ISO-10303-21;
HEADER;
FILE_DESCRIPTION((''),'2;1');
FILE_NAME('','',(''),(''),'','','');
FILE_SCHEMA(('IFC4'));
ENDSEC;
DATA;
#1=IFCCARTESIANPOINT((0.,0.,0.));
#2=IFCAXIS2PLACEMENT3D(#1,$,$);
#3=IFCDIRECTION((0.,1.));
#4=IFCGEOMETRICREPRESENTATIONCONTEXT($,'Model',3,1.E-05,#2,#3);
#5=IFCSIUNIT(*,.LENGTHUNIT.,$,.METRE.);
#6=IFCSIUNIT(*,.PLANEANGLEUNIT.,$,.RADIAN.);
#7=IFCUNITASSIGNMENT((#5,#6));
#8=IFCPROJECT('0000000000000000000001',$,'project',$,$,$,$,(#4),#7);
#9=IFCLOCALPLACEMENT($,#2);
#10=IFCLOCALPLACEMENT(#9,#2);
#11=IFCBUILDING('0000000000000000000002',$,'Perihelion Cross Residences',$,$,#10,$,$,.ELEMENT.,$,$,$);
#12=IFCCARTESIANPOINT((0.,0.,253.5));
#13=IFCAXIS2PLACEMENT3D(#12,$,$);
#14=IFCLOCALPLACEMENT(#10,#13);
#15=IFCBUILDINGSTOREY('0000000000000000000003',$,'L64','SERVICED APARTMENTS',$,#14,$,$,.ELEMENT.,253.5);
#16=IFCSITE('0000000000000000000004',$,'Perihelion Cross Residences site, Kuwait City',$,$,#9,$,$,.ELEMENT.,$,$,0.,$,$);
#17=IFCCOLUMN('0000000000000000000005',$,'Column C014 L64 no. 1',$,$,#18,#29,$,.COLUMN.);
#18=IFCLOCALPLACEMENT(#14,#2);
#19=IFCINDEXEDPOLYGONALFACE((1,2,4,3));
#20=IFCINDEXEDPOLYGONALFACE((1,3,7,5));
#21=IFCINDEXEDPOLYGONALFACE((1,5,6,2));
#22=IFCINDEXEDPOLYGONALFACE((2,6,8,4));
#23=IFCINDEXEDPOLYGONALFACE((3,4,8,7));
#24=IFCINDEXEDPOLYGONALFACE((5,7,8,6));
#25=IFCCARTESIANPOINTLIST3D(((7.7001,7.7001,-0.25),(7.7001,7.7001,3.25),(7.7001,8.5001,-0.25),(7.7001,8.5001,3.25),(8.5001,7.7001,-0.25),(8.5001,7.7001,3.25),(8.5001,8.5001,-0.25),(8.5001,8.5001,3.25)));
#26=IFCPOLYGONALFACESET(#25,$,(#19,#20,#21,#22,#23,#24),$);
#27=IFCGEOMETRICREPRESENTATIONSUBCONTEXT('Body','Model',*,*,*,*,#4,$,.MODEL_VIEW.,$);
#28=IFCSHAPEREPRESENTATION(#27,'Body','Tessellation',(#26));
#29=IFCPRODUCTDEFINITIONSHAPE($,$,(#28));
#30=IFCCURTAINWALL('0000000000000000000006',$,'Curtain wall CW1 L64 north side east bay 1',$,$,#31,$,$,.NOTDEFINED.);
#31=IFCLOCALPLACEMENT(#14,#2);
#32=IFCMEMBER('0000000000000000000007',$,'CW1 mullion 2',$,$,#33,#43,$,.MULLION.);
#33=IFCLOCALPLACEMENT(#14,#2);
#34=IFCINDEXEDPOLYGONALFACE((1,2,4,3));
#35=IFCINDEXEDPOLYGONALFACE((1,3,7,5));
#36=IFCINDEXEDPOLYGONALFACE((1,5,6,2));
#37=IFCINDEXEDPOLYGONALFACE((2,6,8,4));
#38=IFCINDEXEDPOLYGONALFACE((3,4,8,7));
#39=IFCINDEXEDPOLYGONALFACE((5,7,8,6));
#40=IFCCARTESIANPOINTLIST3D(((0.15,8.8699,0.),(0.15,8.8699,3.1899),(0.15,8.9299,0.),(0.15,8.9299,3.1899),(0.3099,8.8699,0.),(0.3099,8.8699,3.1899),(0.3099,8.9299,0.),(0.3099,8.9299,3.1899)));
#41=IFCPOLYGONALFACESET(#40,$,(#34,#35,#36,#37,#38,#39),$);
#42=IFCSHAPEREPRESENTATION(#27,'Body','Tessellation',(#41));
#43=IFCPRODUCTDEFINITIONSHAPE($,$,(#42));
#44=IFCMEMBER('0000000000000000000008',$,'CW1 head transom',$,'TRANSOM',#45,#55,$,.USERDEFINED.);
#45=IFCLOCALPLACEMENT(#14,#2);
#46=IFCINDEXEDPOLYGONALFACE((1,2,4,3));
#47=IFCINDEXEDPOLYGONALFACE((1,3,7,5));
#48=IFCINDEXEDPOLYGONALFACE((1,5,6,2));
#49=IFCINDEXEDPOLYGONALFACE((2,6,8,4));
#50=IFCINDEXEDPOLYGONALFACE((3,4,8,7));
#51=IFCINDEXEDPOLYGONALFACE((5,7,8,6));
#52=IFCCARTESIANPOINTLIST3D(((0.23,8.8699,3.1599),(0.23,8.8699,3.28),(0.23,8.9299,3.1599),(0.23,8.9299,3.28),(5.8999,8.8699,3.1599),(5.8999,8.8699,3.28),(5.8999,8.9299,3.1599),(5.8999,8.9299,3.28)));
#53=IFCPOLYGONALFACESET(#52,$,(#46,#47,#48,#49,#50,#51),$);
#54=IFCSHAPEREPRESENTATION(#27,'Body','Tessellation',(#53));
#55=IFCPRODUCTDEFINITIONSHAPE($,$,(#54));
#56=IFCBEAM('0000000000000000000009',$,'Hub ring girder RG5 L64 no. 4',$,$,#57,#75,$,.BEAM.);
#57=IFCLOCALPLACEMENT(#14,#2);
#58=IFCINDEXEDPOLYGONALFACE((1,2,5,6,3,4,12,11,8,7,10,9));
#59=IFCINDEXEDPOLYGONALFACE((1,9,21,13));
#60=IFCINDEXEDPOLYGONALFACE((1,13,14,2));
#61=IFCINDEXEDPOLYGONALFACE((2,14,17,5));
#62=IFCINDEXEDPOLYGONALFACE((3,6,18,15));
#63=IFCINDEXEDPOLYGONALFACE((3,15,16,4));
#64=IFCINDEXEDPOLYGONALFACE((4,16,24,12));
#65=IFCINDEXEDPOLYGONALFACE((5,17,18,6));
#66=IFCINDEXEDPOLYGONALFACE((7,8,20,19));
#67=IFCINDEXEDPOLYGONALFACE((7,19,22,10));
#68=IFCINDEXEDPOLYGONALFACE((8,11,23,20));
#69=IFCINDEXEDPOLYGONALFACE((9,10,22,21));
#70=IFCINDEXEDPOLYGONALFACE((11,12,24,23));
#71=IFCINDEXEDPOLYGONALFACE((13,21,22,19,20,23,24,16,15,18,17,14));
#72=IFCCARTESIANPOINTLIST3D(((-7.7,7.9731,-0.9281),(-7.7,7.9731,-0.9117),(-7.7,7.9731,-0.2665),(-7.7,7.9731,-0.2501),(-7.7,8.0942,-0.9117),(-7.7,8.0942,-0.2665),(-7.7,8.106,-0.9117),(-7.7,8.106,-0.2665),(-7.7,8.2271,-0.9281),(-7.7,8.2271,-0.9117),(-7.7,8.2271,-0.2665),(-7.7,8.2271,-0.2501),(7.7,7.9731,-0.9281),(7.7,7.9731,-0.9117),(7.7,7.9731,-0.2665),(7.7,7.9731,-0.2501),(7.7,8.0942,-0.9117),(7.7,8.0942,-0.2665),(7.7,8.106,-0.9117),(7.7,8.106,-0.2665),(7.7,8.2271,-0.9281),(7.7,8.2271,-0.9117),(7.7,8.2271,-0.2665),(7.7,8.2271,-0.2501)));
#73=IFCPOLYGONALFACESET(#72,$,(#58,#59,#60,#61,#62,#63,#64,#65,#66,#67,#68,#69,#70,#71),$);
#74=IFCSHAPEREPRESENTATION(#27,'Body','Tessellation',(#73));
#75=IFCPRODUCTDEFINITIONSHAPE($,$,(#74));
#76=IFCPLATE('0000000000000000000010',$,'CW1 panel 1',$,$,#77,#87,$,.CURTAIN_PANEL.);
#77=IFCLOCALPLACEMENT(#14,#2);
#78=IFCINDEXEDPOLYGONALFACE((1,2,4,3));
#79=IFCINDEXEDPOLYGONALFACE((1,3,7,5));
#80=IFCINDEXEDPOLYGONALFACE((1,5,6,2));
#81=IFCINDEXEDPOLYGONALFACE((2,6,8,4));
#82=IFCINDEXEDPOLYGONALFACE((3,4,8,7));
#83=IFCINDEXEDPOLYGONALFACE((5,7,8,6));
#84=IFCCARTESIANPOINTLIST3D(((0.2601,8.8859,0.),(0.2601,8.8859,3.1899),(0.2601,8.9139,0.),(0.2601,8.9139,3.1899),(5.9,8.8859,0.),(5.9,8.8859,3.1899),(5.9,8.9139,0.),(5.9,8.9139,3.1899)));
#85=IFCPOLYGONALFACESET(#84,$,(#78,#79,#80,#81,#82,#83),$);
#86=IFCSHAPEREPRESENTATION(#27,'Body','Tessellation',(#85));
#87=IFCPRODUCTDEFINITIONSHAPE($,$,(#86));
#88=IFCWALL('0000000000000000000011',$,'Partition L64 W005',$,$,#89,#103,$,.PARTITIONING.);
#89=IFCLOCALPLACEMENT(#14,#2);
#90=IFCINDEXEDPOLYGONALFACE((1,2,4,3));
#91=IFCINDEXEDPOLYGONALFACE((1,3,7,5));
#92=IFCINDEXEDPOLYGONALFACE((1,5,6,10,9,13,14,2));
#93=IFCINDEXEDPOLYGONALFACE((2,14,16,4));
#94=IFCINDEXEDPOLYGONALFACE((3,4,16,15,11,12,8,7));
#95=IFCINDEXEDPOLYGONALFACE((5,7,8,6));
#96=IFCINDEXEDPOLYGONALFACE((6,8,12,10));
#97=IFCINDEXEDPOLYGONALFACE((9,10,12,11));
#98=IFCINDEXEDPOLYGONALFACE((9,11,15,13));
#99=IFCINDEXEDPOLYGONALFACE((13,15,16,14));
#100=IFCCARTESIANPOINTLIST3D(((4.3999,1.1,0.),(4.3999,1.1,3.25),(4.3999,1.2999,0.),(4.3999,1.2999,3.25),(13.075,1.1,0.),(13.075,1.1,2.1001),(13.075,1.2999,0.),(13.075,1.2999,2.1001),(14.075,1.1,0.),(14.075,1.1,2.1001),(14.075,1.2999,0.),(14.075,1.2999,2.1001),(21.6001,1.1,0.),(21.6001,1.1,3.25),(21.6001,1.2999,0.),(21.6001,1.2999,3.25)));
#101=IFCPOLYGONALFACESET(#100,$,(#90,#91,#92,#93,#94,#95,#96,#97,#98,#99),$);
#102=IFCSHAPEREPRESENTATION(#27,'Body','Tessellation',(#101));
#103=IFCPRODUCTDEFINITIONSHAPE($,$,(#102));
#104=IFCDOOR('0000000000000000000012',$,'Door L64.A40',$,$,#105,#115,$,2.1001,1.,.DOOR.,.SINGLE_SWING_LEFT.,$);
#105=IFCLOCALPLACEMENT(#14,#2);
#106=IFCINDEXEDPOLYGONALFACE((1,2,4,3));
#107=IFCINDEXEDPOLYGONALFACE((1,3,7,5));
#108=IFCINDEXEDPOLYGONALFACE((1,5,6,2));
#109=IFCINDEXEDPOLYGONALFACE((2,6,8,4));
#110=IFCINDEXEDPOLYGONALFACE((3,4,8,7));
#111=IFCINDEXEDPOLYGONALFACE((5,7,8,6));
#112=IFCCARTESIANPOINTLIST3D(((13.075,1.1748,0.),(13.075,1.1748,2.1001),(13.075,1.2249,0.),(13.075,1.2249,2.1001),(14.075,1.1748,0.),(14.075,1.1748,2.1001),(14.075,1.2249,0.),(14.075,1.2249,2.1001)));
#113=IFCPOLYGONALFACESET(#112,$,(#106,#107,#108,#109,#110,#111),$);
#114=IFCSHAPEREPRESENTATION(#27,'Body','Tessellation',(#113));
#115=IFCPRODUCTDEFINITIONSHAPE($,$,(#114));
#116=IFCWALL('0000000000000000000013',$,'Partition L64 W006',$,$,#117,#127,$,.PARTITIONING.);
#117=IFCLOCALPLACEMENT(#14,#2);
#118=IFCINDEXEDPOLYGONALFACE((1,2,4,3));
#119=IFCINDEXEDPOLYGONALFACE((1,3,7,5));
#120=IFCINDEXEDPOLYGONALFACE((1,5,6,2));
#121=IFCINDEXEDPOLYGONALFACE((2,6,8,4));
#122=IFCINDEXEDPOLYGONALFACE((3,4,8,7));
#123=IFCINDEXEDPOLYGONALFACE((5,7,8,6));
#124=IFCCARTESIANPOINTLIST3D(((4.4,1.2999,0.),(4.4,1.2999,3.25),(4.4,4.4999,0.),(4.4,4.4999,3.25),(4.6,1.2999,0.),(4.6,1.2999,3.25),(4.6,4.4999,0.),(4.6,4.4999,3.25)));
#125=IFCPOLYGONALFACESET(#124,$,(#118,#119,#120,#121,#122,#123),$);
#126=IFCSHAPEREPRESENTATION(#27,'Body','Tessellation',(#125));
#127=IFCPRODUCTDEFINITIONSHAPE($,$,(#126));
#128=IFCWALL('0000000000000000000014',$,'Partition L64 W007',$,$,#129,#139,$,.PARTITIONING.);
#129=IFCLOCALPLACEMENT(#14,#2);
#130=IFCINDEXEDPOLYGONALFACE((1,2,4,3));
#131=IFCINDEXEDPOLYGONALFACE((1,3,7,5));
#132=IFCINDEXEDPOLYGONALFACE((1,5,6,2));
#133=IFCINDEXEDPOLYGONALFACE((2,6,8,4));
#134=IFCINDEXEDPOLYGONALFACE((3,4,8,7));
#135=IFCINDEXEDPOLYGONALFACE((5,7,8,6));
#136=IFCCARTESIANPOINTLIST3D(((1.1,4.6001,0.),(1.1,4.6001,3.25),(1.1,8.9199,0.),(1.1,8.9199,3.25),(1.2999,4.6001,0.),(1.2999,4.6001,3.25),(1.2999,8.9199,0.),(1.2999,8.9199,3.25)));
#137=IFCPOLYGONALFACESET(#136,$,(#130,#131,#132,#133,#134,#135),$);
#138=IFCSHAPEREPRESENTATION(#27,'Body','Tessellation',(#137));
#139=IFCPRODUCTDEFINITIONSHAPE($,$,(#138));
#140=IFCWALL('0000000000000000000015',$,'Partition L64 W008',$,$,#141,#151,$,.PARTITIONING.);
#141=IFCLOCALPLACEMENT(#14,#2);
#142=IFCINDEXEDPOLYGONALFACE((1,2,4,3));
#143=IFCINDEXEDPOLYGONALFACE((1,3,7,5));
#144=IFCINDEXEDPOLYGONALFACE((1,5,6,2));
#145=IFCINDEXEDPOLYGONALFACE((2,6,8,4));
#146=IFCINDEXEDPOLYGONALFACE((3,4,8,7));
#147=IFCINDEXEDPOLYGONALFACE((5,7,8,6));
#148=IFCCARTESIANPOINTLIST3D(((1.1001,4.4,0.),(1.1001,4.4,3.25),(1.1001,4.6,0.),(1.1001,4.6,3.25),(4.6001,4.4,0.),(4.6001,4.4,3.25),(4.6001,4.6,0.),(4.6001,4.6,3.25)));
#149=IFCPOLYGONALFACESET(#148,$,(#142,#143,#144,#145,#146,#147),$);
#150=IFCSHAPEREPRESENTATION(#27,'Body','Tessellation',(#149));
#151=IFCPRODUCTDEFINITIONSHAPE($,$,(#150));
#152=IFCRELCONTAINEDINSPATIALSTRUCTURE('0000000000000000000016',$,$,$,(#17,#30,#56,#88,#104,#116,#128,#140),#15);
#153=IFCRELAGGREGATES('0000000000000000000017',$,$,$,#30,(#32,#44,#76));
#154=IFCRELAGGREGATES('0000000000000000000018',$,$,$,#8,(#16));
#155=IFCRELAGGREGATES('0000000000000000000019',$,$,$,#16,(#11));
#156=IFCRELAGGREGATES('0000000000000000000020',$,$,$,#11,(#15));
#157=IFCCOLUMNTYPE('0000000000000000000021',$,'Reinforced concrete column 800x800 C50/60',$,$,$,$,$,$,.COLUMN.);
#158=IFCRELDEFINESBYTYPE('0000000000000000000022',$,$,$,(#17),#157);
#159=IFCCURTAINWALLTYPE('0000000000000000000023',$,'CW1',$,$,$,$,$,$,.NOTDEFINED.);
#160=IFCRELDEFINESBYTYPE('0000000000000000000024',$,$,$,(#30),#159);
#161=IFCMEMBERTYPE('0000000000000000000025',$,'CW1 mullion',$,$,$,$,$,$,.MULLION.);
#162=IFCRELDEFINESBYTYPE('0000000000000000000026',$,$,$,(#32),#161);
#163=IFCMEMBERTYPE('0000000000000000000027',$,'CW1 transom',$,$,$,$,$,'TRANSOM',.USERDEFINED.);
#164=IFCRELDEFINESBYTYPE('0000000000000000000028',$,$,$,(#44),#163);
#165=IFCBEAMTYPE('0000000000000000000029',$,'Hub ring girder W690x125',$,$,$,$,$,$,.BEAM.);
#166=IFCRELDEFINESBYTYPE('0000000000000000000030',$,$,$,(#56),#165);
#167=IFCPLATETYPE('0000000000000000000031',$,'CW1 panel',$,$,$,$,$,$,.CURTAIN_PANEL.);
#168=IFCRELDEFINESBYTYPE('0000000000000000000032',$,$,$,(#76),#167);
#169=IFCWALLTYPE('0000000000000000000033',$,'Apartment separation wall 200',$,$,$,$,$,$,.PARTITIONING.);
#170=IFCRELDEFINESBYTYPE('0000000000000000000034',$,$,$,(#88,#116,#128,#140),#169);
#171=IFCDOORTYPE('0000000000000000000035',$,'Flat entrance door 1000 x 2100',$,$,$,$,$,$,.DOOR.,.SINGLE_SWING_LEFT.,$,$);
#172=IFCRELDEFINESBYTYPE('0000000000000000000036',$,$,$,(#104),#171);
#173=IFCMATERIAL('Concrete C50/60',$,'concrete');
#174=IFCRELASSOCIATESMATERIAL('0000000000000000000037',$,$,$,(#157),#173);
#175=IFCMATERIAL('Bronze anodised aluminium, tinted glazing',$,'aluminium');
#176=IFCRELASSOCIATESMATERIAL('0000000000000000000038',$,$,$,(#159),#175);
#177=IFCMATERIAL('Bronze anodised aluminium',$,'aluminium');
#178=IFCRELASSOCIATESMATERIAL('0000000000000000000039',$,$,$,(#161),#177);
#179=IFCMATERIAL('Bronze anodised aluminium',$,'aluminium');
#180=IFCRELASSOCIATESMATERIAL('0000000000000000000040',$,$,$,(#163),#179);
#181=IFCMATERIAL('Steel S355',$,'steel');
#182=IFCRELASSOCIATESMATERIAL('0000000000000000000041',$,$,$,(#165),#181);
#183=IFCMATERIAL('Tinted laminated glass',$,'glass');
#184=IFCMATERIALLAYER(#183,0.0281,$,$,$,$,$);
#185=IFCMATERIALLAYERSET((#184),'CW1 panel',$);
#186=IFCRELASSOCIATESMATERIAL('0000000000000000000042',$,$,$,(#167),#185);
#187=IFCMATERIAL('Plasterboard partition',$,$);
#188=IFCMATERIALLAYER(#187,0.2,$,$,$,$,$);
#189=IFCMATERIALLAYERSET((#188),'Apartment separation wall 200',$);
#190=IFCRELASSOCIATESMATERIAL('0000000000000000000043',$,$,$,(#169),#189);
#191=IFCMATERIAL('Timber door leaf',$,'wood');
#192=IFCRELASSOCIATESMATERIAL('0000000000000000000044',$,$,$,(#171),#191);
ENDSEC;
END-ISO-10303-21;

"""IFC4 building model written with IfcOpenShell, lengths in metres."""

from ifc_helpers import new_model, si_unit, direction, frame, frame_2d, origin, origin_2d, place, context, subcontext, project, spatial, rectangle, i_section, extrude, material, layer, layer_set, material_profile, profile_set, type_object, element, fill, aggregate, save


model = new_model("IFC4")

# Units and contexts
model_context = context("Model", 3, precision=1e-05, world=origin(), true_north=direction((0.0, 1.0)))
body_context = subcontext(model_context, "Body", "Model", "MODEL_VIEW")
ifc_project = project(units=[si_unit("LENGTHUNIT", "METRE"), si_unit("PLANEANGLEUNIT", "RADIAN")], contexts=[model_context])

# Site, building, storey
site_placement = place(None, origin())
site = spatial("IfcSite", under=ifc_project, at=site_placement, Name="Perihelion Cross Residences site, Kuwait City", CompositionType="ELEMENT", RefElevation=0.0)
building_placement = place(site_placement, origin())
building = spatial("IfcBuilding", under=site, at=building_placement, Name="Perihelion Cross Residences", CompositionType="ELEMENT")
storey_placement = place(building_placement, frame((0.0, 0.0, 253.5)))
storey = spatial("IfcBuildingStorey", under=building, at=storey_placement, Name="L64", Description="SERVICED APARTMENTS", CompositionType="ELEMENT", Elevation=253.5)

# Column
ifc_material_1 = material(Name="Concrete C50/60", Category="concrete")
ifc_material_profile_1 = material_profile(ifc_material_1, rectangle(XDim=0.8, YDim=0.8, at=origin_2d()), Name="RC 800x800")
ifc_profile_set_1 = profile_set([ifc_material_profile_1], Name="Concrete C50/60")
column_type = type_object("IfcColumnType", Name="Reinforced concrete column 800x800 C50/60", PredefinedType="COLUMN", material=ifc_profile_set_1)
column_placement = place(storey_placement, frame((8.1001, 8.1001, -0.25), z_axis=(0.0, 0.0, 1.0), x_axis=(1.0, 0.0, 0.0)))
element("IfcColumn", 1, at=column_placement, inside=storey, type_object=column_type, Name="Column C014 L64 no. 1", PredefinedType="COLUMN", context=body_context, shape_type="SweptSolid", body=[
    extrude(rectangle(XDim=0.8, YDim=0.8, at=origin_2d()), origin(), (0.0, 0.0, 1.0), 3.5),
])

# Curtain wall, members
ifc_material_2 = material(Name="Bronze anodised aluminium, tinted glazing", Category="aluminium")
curtain_wall_type = type_object("IfcCurtainWallType", Name="CW1", PredefinedType="NOTDEFINED", material=ifc_material_2)
curtain_wall_placement = place(storey_placement, origin())
curtain_wall = element("IfcCurtainWall", 2, at=curtain_wall_placement, inside=storey, type_object=curtain_wall_type, Name="Curtain wall CW1 L64 north side east bay 1", PredefinedType="NOTDEFINED")
ifc_material_3 = material(Name="Bronze anodised aluminium", Category="aluminium")
ifc_material_profile_2 = material_profile(ifc_material_3, rectangle(XDim=0.0601, YDim=0.1599, at=origin_2d()), Name="CW1 mullion")
ifc_profile_set_2 = profile_set([ifc_material_profile_2], Name="Bronze anodised aluminium")
member_type_1 = type_object("IfcMemberType", Name="CW1 mullion", PredefinedType="MULLION", material=ifc_profile_set_2)
member_1_placement = place(storey_placement, frame((0.23, 8.8999, 0.0), z_axis=(0.0, 0.0, 1.0), x_axis=(0.0, -1.0, 0.0)))
member_1 = element("IfcMember", 3, at=member_1_placement, type_object=member_type_1, Name="CW1 mullion 2", PredefinedType="MULLION", context=body_context, shape_type="SweptSolid", body=[
    extrude(rectangle(XDim=0.0601, YDim=0.1599, at=origin_2d()), origin(), (0.0, 0.0, 1.0), 3.1899),
])
ifc_material_4 = material(Name="Bronze anodised aluminium", Category="aluminium")
ifc_material_profile_3 = material_profile(ifc_material_4, rectangle(XDim=0.0601, YDim=0.1201, at=origin_2d()), Name="CW1 transom")
ifc_profile_set_3 = profile_set([ifc_material_profile_3], Name="Bronze anodised aluminium")
member_type_2 = type_object("IfcMemberType", Name="CW1 transom", ElementType="TRANSOM", PredefinedType="USERDEFINED", material=ifc_profile_set_3)
member_2_placement = place(storey_placement, frame((5.8999, 8.8999, 3.22), z_axis=(-1.0, 0.0, 0.0), x_axis=(0.0, -1.0, 0.0)))
member_2 = element("IfcMember", 4, at=member_2_placement, type_object=member_type_2, Name="CW1 head transom", ObjectType="TRANSOM", PredefinedType="USERDEFINED", context=body_context, shape_type="SweptSolid", body=[
    extrude(rectangle(XDim=0.0601, YDim=0.1201, at=origin_2d()), origin(), (0.0, 0.0, 1.0), 5.6699),
])

# Beam
ifc_material_5 = material(Name="Steel S355", Category="steel")
ifc_material_profile_4 = material_profile(ifc_material_5, i_section(OverallWidth=0.2539, OverallDepth=0.678, WebThickness=0.0117, FlangeThickness=0.0164, at=origin_2d()), Name="W690x125")
ifc_profile_set_4 = profile_set([ifc_material_profile_4], Name="Steel S355")
beam_type = type_object("IfcBeamType", Name="Hub ring girder W690x125", PredefinedType="BEAM", material=ifc_profile_set_4)
beam_placement = place(storey_placement, frame((7.7, 8.1001, -0.5891), z_axis=(-1.0, 0.0, 0.0), x_axis=(0.0, -1.0, 0.0)))
element("IfcBeam", 5, at=beam_placement, inside=storey, type_object=beam_type, Name="Hub ring girder RG5 L64 no. 4", PredefinedType="BEAM", context=body_context, shape_type="SweptSolid", body=[
    extrude(i_section(OverallWidth=0.2539, OverallDepth=0.678, WebThickness=0.0117, FlangeThickness=0.0164, at=origin_2d()), origin(), (0.0, 0.0, 1.0), 15.3999),
])

# Plate
ifc_material_6 = material(Name="Tinted laminated glass", Category="glass")
ifc_layer_1 = layer(ifc_material_6, 0.0281)
ifc_layer_set_1 = layer_set([ifc_layer_1], Name="CW1 panel")
plate_type = type_object("IfcPlateType", Name="CW1 panel", PredefinedType="CURTAIN_PANEL", material=ifc_layer_set_1)
plate_placement = place(storey_placement, frame((3.0801, 8.8999, 0.0), z_axis=(0.0, 0.0, 1.0), x_axis=(-1.0, 0.0, 0.0)))
plate = element("IfcPlate", 6, at=plate_placement, type_object=plate_type, Name="CW1 panel 1", PredefinedType="CURTAIN_PANEL", context=body_context, shape_type="SweptSolid", body=[
    extrude(rectangle(XDim=5.6399, YDim=0.0281, at=origin_2d()), origin(), (0.0, 0.0, 1.0), 3.1899),
])
aggregate(curtain_wall, [member_1, member_2, plate])

# Wall, opening, door
ifc_material_7 = material(Name="Plasterboard partition")
ifc_layer_2 = layer(ifc_material_7, 0.2)
ifc_layer_set_2 = layer_set([ifc_layer_2], Name="Apartment separation wall 200")
wall_type_1 = type_object("IfcWallType", Name="Apartment separation wall 200", PredefinedType="PARTITIONING", material=ifc_layer_set_2)
wall_1_placement = place(storey_placement, frame((4.3999, 1.2, 0.0), z_axis=(0.0, 0.0, 1.0), x_axis=(1.0, 0.0, 0.0)))
wall_1 = element("IfcWall", 7, at=wall_1_placement, inside=storey, type_object=wall_type_1, Name="Partition L64 W005", PredefinedType="PARTITIONING", context=body_context, shape_type="SweptSolid", body=[
    extrude(rectangle(XDim=17.2002, YDim=0.2, at=frame_2d((8.6001, 0.0))), origin(), (0.0, 0.0, 1.0), 3.25),
])
opening_1_placement = place(wall_1_placement, frame((8.675, 0.0, 0.0)))
opening_1 = element("IfcOpeningElement", 8, at=opening_1_placement, cuts=wall_1, PredefinedType="OPENING", context=body_context, shape_type="SweptSolid", body=[
    extrude(rectangle(XDim=1.0, YDim=2.1001, at=frame_2d((0.5, 1.05))), frame((0.0, 0.1099, 0.0), z_axis=(0.0, -1.0, 0.0), x_axis=(1.0, 0.0, 0.0)), (0.0, 0.0, 1.0), 0.22),
])
ifc_material_8 = material(Name="Timber door leaf", Category="wood")
door_type_1 = type_object("IfcDoorType", Name="Flat entrance door 1000 x 2100", OperationType="SINGLE_SWING_LEFT", PredefinedType="DOOR", material=ifc_material_8)
door_1_placement = place(opening_1_placement, origin())
door_1 = element("IfcDoor", 9, at=door_1_placement, inside=storey, type_object=door_type_1, Name="Door L64.A40", OperationType="SINGLE_SWING_LEFT", OverallHeight=2.1001, OverallWidth=1.0, PredefinedType="DOOR", context=body_context, shape_type="SweptSolid", body=[
    extrude(rectangle(XDim=1.0, YDim=2.1001, at=frame_2d((0.5, 1.05))), frame((0.0, 0.0249, 0.0), z_axis=(0.0, -1.0, 0.0), x_axis=(1.0, 0.0, 0.0)), (0.0, 0.0, 1.0), 0.05),
])
fill(opening_1, door_1)

# Walls
wall_2_placement = place(storey_placement, frame((4.5, 4.5, 0.0), z_axis=(0.0, 0.0, 1.0), x_axis=(0.0, -1.0, 0.0)))
element("IfcWall", 10, at=wall_2_placement, inside=storey, type_object=wall_type_1, Name="Partition L64 W006", PredefinedType="PARTITIONING", context=body_context, shape_type="SweptSolid", body=[
    extrude(rectangle(XDim=3.2, YDim=0.2, at=frame_2d((1.6001, 0.0))), origin(), (0.0, 0.0, 1.0), 3.25),
])
wall_3_placement = place(storey_placement, frame((1.2, 8.9199, 0.0), z_axis=(0.0, 0.0, 1.0), x_axis=(0.0, -1.0, 0.0)))
element("IfcWall", 11, at=wall_3_placement, inside=storey, type_object=wall_type_1, Name="Partition L64 W007", PredefinedType="PARTITIONING", context=body_context, shape_type="SweptSolid", body=[
    extrude(rectangle(XDim=4.3198, YDim=0.2, at=frame_2d((2.1599, 0.0))), origin(), (0.0, 0.0, 1.0), 3.25),
])
wall_4_placement = place(storey_placement, frame((1.1001, 4.5, 0.0), z_axis=(0.0, 0.0, 1.0), x_axis=(1.0, 0.0, 0.0)))
element("IfcWall", 12, at=wall_4_placement, inside=storey, type_object=wall_type_1, Name="Partition L64 W008", PredefinedType="PARTITIONING", context=body_context, shape_type="SweptSolid", body=[
    extrude(rectangle(XDim=3.5, YDim=0.2, at=frame_2d((1.75, 0.0))), origin(), (0.0, 0.0, 1.0), 3.25),
])

save(model, "model.ifc")
